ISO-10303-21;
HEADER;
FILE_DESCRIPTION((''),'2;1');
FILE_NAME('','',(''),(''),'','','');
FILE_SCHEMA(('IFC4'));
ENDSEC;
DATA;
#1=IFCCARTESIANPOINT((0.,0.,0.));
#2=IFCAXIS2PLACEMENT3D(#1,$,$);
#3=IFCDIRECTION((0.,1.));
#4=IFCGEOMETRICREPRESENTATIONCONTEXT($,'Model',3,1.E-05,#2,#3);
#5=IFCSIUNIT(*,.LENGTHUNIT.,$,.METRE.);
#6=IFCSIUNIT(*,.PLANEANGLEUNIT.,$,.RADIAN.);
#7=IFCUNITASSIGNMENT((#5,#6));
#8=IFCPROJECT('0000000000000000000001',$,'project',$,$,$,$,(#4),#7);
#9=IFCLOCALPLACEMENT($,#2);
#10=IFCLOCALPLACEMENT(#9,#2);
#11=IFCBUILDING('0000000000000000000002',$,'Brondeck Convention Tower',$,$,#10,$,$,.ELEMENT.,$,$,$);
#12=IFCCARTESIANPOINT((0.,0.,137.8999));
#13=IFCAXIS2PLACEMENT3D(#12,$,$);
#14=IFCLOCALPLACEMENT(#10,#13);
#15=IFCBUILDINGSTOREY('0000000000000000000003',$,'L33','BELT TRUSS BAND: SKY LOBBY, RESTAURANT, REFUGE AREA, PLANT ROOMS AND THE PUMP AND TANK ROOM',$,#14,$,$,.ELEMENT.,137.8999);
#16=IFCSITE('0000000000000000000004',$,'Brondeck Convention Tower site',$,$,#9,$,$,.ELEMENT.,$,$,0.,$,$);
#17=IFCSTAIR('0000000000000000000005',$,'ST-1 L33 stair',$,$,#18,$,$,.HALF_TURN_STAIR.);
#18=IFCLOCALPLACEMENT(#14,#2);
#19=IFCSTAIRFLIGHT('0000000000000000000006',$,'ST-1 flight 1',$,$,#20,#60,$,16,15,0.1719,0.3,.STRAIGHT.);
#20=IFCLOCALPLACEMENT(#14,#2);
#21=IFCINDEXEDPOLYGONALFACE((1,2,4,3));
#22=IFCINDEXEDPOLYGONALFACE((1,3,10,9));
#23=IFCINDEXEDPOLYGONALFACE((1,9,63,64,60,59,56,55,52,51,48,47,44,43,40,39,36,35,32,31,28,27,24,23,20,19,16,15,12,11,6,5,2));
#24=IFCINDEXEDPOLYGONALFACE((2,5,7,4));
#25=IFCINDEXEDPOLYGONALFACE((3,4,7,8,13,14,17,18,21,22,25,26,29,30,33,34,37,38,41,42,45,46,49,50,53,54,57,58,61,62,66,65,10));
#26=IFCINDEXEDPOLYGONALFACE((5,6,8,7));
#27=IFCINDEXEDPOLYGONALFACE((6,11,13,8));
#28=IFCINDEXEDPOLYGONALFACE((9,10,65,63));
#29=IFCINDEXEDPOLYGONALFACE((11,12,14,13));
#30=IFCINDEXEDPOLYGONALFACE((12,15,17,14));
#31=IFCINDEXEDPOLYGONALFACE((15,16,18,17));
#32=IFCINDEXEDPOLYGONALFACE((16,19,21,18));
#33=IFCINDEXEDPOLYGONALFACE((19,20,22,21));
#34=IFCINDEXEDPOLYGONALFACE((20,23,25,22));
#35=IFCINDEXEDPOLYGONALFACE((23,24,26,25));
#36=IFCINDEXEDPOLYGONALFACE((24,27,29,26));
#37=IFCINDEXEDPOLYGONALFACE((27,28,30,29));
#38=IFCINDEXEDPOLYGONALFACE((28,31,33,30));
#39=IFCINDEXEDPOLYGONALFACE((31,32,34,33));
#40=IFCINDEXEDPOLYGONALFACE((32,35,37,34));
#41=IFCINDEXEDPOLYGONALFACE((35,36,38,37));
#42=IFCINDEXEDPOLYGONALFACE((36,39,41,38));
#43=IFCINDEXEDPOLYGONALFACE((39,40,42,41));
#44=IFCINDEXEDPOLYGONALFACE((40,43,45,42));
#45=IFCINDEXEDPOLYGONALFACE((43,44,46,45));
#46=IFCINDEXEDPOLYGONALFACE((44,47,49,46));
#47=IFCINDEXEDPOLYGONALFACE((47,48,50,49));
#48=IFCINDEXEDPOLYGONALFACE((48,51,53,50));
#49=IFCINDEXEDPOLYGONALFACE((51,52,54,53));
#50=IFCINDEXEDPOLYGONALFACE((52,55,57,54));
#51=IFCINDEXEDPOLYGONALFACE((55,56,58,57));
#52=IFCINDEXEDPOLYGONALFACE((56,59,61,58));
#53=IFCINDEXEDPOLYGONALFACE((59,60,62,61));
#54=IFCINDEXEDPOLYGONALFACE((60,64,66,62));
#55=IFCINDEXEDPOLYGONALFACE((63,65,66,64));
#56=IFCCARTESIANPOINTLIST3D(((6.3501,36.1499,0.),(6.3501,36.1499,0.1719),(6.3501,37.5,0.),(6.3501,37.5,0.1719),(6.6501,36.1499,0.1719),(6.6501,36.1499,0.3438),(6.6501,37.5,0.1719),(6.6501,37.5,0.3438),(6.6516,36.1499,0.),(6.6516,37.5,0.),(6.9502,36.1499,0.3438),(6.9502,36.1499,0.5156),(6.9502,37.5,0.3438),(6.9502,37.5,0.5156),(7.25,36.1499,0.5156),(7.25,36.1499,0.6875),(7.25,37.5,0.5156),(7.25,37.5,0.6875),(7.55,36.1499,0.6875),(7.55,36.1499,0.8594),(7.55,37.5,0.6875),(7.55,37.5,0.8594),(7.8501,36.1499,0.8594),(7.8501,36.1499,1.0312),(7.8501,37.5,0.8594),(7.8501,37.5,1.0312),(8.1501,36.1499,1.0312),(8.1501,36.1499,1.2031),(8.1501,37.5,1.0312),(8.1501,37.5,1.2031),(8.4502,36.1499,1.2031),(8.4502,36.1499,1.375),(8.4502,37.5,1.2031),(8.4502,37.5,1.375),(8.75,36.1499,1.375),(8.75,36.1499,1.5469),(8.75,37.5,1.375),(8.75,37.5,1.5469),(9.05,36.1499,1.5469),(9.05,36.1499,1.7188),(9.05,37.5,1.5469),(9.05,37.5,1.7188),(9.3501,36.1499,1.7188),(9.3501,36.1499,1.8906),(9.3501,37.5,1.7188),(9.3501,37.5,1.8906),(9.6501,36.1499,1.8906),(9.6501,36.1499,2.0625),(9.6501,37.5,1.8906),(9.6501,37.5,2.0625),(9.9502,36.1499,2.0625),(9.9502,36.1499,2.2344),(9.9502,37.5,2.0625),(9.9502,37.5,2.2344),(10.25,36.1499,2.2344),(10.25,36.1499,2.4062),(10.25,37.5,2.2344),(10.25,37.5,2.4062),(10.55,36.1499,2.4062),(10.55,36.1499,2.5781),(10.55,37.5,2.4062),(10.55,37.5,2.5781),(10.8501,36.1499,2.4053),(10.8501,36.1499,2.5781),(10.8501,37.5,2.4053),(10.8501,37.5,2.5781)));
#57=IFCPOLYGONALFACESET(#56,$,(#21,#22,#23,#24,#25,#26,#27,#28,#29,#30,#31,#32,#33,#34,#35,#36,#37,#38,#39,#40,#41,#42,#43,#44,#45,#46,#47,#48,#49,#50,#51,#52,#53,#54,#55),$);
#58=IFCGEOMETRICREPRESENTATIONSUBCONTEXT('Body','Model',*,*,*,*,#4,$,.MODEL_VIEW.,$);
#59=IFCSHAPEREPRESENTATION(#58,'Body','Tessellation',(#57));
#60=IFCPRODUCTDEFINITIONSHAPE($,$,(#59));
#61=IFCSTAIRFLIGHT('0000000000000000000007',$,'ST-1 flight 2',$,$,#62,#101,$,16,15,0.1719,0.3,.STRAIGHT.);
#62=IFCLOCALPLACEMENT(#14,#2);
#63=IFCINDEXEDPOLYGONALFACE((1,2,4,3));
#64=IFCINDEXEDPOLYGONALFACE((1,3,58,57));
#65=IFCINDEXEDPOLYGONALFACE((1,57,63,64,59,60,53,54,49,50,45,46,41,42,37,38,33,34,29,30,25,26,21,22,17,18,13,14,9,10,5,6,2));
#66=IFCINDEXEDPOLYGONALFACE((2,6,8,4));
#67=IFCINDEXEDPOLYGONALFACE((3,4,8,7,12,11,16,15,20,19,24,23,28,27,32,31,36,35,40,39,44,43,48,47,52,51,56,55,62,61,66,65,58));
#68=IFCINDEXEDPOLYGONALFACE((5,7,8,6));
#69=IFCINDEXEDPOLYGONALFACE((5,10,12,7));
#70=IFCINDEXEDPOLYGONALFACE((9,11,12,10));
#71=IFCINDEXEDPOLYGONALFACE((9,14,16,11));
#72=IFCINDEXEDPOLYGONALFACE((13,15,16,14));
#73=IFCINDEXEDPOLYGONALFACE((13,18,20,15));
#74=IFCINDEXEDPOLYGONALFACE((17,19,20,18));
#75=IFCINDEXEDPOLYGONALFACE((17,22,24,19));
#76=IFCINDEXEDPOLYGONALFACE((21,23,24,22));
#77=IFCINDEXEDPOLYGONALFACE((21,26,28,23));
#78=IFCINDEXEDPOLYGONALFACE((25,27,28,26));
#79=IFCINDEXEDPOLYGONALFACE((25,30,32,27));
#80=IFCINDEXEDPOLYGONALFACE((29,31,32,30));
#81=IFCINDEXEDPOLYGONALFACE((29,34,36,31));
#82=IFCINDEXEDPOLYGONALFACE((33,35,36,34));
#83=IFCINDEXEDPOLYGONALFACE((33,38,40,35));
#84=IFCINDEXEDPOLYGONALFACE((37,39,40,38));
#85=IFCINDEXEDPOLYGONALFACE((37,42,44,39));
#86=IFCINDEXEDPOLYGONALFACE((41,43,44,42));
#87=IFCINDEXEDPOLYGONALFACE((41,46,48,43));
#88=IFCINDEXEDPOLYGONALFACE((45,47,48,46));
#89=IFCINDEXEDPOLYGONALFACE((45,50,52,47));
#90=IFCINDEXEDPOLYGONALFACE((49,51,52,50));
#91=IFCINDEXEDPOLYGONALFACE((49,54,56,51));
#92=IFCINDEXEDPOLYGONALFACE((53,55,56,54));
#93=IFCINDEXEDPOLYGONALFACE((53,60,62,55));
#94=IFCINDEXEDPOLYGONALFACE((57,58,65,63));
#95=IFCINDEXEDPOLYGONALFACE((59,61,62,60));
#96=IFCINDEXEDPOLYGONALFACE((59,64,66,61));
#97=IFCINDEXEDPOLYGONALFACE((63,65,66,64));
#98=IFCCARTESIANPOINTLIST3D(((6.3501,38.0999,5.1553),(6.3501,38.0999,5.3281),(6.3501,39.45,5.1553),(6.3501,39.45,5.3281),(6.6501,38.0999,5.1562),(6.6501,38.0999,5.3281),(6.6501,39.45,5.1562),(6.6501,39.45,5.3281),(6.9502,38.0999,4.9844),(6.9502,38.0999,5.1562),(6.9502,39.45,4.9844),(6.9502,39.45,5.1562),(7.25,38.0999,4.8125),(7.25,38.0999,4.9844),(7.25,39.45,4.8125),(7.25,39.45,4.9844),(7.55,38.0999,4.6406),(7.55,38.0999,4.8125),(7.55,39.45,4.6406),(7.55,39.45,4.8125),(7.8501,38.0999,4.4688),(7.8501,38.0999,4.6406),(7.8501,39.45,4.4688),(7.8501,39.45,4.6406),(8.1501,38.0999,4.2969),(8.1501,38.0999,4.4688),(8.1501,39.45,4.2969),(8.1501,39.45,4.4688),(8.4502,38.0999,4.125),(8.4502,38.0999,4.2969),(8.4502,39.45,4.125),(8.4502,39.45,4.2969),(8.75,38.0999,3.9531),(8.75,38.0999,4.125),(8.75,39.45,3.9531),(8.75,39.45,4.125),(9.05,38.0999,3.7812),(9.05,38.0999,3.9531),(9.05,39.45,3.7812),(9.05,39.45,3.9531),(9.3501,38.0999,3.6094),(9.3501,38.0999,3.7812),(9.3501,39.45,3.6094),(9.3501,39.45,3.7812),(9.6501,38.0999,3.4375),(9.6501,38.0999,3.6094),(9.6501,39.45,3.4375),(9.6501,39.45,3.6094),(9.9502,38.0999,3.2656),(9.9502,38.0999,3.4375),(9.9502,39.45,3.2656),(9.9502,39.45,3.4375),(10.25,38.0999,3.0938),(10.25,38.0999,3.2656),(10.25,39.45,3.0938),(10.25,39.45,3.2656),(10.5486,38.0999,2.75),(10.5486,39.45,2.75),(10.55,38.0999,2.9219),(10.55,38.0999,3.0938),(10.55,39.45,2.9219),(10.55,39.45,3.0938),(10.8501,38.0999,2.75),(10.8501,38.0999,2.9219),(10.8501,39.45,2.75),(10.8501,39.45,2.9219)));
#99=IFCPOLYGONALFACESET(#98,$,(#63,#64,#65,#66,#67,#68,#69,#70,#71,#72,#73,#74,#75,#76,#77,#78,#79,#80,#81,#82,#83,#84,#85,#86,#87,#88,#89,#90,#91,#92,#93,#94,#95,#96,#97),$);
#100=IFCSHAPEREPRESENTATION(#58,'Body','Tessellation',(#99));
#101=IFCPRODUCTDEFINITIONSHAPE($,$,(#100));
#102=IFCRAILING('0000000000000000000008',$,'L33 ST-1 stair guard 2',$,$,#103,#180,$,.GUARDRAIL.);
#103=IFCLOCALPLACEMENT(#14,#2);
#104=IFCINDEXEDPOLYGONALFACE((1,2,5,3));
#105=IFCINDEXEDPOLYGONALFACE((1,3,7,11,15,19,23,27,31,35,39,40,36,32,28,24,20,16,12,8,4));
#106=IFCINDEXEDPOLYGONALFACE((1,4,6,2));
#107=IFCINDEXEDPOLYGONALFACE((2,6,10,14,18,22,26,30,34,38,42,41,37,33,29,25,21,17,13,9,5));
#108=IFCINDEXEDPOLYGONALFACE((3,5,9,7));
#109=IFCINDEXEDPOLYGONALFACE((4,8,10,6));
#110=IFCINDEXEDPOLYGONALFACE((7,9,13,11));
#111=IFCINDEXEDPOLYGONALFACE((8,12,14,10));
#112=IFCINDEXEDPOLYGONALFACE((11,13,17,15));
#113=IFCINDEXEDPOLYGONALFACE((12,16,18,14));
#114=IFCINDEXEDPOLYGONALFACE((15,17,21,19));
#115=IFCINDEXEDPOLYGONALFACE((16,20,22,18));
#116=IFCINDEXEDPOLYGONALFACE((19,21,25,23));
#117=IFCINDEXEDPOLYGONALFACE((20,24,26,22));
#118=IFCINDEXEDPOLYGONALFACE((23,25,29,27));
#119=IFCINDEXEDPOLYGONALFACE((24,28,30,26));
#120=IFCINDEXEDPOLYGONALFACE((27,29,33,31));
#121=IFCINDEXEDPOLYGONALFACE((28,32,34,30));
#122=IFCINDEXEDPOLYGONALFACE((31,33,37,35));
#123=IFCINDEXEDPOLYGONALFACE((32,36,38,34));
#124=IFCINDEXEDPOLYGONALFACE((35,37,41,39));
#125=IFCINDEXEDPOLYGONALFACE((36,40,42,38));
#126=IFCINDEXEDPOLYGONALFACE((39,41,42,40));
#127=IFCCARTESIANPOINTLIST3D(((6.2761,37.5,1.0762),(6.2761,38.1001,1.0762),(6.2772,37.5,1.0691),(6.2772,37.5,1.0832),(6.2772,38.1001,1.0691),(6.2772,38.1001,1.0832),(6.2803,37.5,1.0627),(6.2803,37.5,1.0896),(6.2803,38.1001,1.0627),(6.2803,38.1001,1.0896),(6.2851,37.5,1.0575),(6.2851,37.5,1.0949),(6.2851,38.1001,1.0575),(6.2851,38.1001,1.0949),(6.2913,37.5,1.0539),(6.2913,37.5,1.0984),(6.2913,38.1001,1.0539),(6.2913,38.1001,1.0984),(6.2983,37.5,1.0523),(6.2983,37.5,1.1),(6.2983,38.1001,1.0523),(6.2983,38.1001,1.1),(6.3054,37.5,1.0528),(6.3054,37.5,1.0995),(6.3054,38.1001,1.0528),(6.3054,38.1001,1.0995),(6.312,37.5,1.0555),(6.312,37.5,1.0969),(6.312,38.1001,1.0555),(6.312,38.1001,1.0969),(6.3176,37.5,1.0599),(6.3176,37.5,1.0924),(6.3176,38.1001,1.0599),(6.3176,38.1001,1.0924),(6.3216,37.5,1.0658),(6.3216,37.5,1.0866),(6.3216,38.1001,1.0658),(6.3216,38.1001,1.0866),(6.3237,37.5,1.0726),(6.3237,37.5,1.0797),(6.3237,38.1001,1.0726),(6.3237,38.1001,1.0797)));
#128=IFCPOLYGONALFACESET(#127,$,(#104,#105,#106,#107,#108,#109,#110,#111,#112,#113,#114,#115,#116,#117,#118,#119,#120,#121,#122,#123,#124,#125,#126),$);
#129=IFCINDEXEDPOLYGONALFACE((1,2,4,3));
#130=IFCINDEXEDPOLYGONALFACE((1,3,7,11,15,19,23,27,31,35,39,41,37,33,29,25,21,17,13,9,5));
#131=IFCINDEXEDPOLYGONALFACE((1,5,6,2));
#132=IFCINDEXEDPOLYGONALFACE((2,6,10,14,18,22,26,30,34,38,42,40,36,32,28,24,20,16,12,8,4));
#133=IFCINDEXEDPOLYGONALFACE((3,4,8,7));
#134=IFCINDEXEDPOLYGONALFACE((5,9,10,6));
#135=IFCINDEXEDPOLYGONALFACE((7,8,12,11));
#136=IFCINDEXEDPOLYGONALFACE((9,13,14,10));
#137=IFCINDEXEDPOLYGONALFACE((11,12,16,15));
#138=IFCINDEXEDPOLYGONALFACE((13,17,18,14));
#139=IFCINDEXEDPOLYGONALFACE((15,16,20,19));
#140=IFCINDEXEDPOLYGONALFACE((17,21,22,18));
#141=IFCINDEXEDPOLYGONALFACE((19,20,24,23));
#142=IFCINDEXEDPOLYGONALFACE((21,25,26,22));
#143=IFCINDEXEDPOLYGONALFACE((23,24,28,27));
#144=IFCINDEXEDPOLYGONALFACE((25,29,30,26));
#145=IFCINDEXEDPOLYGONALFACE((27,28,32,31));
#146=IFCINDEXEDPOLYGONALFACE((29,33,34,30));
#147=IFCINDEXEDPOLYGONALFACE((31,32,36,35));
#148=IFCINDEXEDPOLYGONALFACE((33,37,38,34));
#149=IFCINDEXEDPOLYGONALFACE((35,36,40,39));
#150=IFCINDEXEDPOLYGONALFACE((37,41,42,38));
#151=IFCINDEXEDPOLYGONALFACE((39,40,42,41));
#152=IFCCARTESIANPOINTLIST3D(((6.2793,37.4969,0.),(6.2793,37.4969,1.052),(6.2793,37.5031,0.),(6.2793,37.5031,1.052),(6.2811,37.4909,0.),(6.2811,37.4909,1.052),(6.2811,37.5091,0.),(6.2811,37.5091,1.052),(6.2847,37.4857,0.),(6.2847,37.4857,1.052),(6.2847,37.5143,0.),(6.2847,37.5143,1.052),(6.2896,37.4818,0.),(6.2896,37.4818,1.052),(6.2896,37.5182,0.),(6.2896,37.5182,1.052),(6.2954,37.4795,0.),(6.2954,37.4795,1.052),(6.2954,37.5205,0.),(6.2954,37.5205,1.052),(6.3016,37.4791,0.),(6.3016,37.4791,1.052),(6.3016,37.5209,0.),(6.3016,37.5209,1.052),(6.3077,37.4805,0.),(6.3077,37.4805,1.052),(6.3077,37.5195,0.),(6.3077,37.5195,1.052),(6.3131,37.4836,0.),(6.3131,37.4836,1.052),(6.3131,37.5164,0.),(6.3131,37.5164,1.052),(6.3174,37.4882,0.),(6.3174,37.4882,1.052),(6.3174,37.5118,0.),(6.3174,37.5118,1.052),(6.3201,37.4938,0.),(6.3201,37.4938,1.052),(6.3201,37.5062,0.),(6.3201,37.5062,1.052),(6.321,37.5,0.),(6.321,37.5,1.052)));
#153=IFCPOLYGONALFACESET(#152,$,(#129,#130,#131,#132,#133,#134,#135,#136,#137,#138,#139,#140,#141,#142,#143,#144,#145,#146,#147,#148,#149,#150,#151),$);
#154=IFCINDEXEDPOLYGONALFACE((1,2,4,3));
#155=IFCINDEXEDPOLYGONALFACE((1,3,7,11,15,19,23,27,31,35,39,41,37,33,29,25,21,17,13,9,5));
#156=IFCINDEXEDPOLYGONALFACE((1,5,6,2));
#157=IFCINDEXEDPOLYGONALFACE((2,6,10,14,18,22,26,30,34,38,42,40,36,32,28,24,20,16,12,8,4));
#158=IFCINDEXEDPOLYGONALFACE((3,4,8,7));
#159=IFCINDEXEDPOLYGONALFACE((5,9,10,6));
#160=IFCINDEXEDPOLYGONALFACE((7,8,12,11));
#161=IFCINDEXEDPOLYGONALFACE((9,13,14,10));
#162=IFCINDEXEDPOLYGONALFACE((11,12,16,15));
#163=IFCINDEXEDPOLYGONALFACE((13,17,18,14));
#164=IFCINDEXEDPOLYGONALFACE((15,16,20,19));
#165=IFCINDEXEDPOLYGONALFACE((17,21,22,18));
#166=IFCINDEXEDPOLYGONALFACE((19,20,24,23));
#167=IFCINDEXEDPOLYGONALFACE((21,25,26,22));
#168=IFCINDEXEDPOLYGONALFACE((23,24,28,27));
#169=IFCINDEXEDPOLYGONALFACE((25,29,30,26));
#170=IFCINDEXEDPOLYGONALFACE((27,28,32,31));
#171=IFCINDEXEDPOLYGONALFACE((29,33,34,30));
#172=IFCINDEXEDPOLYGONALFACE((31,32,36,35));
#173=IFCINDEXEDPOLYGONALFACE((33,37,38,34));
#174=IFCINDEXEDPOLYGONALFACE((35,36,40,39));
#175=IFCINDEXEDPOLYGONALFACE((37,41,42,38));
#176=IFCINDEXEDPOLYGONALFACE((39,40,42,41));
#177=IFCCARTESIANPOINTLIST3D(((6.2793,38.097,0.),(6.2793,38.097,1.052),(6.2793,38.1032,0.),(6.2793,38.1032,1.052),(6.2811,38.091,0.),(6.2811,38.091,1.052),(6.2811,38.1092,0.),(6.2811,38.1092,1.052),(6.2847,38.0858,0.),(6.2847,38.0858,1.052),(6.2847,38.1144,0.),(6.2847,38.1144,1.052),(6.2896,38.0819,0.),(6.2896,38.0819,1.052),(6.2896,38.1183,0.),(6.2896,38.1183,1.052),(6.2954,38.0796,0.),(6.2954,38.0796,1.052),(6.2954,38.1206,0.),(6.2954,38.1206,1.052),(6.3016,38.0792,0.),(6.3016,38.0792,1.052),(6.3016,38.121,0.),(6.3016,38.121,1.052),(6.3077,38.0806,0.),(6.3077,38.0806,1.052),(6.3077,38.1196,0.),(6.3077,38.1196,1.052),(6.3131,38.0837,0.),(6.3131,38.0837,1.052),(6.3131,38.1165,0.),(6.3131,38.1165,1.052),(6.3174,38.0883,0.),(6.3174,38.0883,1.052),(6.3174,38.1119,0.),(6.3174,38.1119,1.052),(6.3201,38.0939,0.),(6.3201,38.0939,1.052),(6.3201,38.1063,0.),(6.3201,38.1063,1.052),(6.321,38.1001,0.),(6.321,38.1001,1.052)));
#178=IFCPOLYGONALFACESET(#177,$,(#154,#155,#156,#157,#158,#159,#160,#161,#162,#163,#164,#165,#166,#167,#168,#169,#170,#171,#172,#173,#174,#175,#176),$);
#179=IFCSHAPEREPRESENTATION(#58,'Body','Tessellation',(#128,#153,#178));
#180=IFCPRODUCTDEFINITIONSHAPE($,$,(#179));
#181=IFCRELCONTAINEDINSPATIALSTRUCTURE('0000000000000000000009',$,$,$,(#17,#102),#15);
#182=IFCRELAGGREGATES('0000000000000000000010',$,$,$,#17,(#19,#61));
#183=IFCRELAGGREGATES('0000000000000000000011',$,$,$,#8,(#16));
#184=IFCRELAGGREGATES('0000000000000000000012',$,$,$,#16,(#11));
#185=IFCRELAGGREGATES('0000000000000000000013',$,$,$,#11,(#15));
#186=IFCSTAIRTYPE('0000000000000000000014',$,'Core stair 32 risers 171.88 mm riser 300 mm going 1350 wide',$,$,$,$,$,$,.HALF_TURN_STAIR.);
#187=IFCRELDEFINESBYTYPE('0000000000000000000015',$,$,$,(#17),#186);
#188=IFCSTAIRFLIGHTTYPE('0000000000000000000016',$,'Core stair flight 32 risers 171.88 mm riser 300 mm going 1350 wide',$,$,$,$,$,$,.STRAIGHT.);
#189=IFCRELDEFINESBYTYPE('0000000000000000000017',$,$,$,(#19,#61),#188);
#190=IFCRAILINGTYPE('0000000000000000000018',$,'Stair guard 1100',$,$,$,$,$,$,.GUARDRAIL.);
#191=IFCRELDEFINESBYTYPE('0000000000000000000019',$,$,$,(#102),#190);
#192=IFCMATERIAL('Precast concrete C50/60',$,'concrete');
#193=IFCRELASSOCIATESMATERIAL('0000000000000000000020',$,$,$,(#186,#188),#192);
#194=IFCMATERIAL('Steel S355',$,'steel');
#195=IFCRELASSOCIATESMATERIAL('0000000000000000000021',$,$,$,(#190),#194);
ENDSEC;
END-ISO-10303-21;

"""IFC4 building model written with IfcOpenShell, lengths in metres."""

from ifc_helpers import new_model, si_unit, direction, frame, origin, origin_2d, place, context, subcontext, project, spatial, polyline, circle, outline, extrude, material, type_object, element, aggregate, save


model = new_model("IFC4")

# Units and contexts
model_context = context("Model", 3, precision=1e-05, world=origin(), true_north=direction((0.0, 1.0)))
body_context = subcontext(model_context, "Body", "Model", "MODEL_VIEW")
ifc_project = project(units=[si_unit("LENGTHUNIT", "METRE"), si_unit("PLANEANGLEUNIT", "RADIAN")], contexts=[model_context])

# Site, building, storey
site_placement = place(None, origin())
site = spatial("IfcSite", under=ifc_project, at=site_placement, Name="Brondeck Convention Tower site", CompositionType="ELEMENT", RefElevation=0.0)
building_placement = place(site_placement, origin())
building = spatial("IfcBuilding", under=site, at=building_placement, Name="Brondeck Convention Tower", CompositionType="ELEMENT")
storey_placement = place(building_placement, frame((0.0, 0.0, 137.8999)))
storey = spatial("IfcBuildingStorey", under=building, at=storey_placement, Name="L33", Description="BELT TRUSS BAND: SKY LOBBY, RESTAURANT, REFUGE AREA, PLANT ROOMS AND THE PUMP AND TANK ROOM", CompositionType="ELEMENT", Elevation=137.8999)

# Stair, stair flights
ifc_material_1 = material(Name="Precast concrete C50/60", Category="concrete")
stair_type = type_object("IfcStairType", Name="Core stair 32 risers 171.88 mm riser 300 mm going 1350 wide", PredefinedType="HALF_TURN_STAIR", material=ifc_material_1)
stair_placement = place(storey_placement, origin())
stair = element("IfcStair", 1, at=stair_placement, inside=storey, type_object=stair_type, Name="ST-1 L33 stair", PredefinedType="HALF_TURN_STAIR")
stair_flight_type = type_object("IfcStairFlightType", Name="Core stair flight 32 risers 171.88 mm riser 300 mm going 1350 wide", PredefinedType="STRAIGHT", material=ifc_material_1)
stair_flight_1_placement = place(storey_placement, frame((6.3501, 36.825, 0.0), z_axis=(0.0, 0.0, 1.0), x_axis=(1.0, 0.0, 0.0)))
stair_flight_1 = element("IfcStairFlight", 2, at=stair_flight_1_placement, type_object=stair_flight_type, Name="ST-1 flight 1", NumberOfRisers=16, NumberOfTreads=15, PredefinedType="STRAIGHT", RiserHeight=0.1719, TreadLength=0.3, context=body_context, shape_type="SweptSolid", body=[
    extrude(outline(polyline([(0.0, 0.0), (0.0, 0.1719), (0.3, 0.1719), (0.3, 0.3438), (0.6001, 0.3438), (0.6001, 0.5156), (0.8999, 0.5156), (0.8999, 0.6875), (1.2, 0.6875), (1.2, 0.8594), (1.5, 0.8594), (1.5, 1.0312), (1.8, 1.0312), (1.8, 1.2031), (2.1001, 1.2031), (2.1001, 1.375), (2.3999, 1.375), (2.3999, 1.5469), (2.7, 1.5469), (2.7, 1.7188), (3.0, 1.7188), (3.0, 1.8906), (3.3, 1.8906), (3.3, 2.0625), (3.6001, 2.0625), (3.6001, 2.2344), (3.8999, 2.2344), (3.8999, 2.4062), (4.2, 2.4062), (4.2, 2.5781), (4.5, 2.5781), (4.5, 2.75), (4.5, 2.4053), (0.3015, 0.0), (0.0, 0.0)])), frame((0.0, 0.675, 0.0), z_axis=(0.0, -1.0, 0.0), x_axis=(1.0, 0.0, 0.0)), (0.0, 0.0, 1.0), 1.3501),
])
stair_flight_2_placement = place(storey_placement, frame((10.8501, 38.7749, 2.75), z_axis=(0.0, 0.0, 1.0), x_axis=(-1.0, 0.0, 0.0)))
stair_flight_2 = element("IfcStairFlight", 3, at=stair_flight_2_placement, type_object=stair_flight_type, Name="ST-1 flight 2", NumberOfRisers=16, NumberOfTreads=15, PredefinedType="STRAIGHT", RiserHeight=0.1719, TreadLength=0.3, context=body_context, shape_type="SweptSolid", body=[
    extrude(outline(polyline([(0.0, 0.0), (0.0, 0.1719), (0.3, 0.1719), (0.3, 0.3438), (0.6001, 0.3438), (0.6001, 0.5156), (0.8999, 0.5156), (0.8999, 0.6875), (1.2, 0.6875), (1.2, 0.8594), (1.5, 0.8594), (1.5, 1.0312), (1.8, 1.0312), (1.8, 1.2031), (2.1001, 1.2031), (2.1001, 1.375), (2.3999, 1.375), (2.3999, 1.5469), (2.7, 1.5469), (2.7, 1.7188), (3.0, 1.7188), (3.0, 1.8906), (3.3, 1.8906), (3.3, 2.0625), (3.6001, 2.0625), (3.6001, 2.2344), (3.8999, 2.2344), (3.8999, 2.4062), (4.2, 2.4062), (4.2, 2.5781), (4.5, 2.5781), (4.5, 2.75), (4.5, 2.4053), (0.3015, 0.0), (0.0, 0.0)])), frame((0.0, 0.675, 0.0), z_axis=(0.0, -1.0, 0.0), x_axis=(1.0, 0.0, 0.0)), (0.0, 0.0, 1.0), 1.3501),
])
aggregate(stair, [stair_flight_1, stair_flight_2])

# Railing
ifc_material_2 = material(Name="Steel S355", Category="steel")
railing_type_1 = type_object("IfcRailingType", Name="Stair guard 1100", PredefinedType="GUARDRAIL", material=ifc_material_2)
railing_1_placement = place(storey_placement, frame((6.3, 37.5, 0.0)))
element("IfcRailing", 4, at=railing_1_placement, inside=storey, type_object=railing_type_1, Name="L33 ST-1 stair guard 2", PredefinedType="GUARDRAIL", context=body_context, shape_type="SweptSolid", body=[
    extrude(circle(Radius=0.0239, at=origin_2d()), frame((0.0, 0.0, 1.0762), z_axis=(0.0, 1.0, 0.0), x_axis=(-1.0, 0.0, 0.0)), (0.0, 0.0, 1.0), 0.6001),
    extrude(circle(Radius=0.021, at=origin_2d()), origin(), (0.0, 0.0, 1.0), 1.052),
    extrude(circle(Radius=0.021, at=origin_2d()), frame((0.0, 0.6001, 0.0)), (0.0, 0.0, 1.0), 1.052),
])

save(model, "model.ifc")
